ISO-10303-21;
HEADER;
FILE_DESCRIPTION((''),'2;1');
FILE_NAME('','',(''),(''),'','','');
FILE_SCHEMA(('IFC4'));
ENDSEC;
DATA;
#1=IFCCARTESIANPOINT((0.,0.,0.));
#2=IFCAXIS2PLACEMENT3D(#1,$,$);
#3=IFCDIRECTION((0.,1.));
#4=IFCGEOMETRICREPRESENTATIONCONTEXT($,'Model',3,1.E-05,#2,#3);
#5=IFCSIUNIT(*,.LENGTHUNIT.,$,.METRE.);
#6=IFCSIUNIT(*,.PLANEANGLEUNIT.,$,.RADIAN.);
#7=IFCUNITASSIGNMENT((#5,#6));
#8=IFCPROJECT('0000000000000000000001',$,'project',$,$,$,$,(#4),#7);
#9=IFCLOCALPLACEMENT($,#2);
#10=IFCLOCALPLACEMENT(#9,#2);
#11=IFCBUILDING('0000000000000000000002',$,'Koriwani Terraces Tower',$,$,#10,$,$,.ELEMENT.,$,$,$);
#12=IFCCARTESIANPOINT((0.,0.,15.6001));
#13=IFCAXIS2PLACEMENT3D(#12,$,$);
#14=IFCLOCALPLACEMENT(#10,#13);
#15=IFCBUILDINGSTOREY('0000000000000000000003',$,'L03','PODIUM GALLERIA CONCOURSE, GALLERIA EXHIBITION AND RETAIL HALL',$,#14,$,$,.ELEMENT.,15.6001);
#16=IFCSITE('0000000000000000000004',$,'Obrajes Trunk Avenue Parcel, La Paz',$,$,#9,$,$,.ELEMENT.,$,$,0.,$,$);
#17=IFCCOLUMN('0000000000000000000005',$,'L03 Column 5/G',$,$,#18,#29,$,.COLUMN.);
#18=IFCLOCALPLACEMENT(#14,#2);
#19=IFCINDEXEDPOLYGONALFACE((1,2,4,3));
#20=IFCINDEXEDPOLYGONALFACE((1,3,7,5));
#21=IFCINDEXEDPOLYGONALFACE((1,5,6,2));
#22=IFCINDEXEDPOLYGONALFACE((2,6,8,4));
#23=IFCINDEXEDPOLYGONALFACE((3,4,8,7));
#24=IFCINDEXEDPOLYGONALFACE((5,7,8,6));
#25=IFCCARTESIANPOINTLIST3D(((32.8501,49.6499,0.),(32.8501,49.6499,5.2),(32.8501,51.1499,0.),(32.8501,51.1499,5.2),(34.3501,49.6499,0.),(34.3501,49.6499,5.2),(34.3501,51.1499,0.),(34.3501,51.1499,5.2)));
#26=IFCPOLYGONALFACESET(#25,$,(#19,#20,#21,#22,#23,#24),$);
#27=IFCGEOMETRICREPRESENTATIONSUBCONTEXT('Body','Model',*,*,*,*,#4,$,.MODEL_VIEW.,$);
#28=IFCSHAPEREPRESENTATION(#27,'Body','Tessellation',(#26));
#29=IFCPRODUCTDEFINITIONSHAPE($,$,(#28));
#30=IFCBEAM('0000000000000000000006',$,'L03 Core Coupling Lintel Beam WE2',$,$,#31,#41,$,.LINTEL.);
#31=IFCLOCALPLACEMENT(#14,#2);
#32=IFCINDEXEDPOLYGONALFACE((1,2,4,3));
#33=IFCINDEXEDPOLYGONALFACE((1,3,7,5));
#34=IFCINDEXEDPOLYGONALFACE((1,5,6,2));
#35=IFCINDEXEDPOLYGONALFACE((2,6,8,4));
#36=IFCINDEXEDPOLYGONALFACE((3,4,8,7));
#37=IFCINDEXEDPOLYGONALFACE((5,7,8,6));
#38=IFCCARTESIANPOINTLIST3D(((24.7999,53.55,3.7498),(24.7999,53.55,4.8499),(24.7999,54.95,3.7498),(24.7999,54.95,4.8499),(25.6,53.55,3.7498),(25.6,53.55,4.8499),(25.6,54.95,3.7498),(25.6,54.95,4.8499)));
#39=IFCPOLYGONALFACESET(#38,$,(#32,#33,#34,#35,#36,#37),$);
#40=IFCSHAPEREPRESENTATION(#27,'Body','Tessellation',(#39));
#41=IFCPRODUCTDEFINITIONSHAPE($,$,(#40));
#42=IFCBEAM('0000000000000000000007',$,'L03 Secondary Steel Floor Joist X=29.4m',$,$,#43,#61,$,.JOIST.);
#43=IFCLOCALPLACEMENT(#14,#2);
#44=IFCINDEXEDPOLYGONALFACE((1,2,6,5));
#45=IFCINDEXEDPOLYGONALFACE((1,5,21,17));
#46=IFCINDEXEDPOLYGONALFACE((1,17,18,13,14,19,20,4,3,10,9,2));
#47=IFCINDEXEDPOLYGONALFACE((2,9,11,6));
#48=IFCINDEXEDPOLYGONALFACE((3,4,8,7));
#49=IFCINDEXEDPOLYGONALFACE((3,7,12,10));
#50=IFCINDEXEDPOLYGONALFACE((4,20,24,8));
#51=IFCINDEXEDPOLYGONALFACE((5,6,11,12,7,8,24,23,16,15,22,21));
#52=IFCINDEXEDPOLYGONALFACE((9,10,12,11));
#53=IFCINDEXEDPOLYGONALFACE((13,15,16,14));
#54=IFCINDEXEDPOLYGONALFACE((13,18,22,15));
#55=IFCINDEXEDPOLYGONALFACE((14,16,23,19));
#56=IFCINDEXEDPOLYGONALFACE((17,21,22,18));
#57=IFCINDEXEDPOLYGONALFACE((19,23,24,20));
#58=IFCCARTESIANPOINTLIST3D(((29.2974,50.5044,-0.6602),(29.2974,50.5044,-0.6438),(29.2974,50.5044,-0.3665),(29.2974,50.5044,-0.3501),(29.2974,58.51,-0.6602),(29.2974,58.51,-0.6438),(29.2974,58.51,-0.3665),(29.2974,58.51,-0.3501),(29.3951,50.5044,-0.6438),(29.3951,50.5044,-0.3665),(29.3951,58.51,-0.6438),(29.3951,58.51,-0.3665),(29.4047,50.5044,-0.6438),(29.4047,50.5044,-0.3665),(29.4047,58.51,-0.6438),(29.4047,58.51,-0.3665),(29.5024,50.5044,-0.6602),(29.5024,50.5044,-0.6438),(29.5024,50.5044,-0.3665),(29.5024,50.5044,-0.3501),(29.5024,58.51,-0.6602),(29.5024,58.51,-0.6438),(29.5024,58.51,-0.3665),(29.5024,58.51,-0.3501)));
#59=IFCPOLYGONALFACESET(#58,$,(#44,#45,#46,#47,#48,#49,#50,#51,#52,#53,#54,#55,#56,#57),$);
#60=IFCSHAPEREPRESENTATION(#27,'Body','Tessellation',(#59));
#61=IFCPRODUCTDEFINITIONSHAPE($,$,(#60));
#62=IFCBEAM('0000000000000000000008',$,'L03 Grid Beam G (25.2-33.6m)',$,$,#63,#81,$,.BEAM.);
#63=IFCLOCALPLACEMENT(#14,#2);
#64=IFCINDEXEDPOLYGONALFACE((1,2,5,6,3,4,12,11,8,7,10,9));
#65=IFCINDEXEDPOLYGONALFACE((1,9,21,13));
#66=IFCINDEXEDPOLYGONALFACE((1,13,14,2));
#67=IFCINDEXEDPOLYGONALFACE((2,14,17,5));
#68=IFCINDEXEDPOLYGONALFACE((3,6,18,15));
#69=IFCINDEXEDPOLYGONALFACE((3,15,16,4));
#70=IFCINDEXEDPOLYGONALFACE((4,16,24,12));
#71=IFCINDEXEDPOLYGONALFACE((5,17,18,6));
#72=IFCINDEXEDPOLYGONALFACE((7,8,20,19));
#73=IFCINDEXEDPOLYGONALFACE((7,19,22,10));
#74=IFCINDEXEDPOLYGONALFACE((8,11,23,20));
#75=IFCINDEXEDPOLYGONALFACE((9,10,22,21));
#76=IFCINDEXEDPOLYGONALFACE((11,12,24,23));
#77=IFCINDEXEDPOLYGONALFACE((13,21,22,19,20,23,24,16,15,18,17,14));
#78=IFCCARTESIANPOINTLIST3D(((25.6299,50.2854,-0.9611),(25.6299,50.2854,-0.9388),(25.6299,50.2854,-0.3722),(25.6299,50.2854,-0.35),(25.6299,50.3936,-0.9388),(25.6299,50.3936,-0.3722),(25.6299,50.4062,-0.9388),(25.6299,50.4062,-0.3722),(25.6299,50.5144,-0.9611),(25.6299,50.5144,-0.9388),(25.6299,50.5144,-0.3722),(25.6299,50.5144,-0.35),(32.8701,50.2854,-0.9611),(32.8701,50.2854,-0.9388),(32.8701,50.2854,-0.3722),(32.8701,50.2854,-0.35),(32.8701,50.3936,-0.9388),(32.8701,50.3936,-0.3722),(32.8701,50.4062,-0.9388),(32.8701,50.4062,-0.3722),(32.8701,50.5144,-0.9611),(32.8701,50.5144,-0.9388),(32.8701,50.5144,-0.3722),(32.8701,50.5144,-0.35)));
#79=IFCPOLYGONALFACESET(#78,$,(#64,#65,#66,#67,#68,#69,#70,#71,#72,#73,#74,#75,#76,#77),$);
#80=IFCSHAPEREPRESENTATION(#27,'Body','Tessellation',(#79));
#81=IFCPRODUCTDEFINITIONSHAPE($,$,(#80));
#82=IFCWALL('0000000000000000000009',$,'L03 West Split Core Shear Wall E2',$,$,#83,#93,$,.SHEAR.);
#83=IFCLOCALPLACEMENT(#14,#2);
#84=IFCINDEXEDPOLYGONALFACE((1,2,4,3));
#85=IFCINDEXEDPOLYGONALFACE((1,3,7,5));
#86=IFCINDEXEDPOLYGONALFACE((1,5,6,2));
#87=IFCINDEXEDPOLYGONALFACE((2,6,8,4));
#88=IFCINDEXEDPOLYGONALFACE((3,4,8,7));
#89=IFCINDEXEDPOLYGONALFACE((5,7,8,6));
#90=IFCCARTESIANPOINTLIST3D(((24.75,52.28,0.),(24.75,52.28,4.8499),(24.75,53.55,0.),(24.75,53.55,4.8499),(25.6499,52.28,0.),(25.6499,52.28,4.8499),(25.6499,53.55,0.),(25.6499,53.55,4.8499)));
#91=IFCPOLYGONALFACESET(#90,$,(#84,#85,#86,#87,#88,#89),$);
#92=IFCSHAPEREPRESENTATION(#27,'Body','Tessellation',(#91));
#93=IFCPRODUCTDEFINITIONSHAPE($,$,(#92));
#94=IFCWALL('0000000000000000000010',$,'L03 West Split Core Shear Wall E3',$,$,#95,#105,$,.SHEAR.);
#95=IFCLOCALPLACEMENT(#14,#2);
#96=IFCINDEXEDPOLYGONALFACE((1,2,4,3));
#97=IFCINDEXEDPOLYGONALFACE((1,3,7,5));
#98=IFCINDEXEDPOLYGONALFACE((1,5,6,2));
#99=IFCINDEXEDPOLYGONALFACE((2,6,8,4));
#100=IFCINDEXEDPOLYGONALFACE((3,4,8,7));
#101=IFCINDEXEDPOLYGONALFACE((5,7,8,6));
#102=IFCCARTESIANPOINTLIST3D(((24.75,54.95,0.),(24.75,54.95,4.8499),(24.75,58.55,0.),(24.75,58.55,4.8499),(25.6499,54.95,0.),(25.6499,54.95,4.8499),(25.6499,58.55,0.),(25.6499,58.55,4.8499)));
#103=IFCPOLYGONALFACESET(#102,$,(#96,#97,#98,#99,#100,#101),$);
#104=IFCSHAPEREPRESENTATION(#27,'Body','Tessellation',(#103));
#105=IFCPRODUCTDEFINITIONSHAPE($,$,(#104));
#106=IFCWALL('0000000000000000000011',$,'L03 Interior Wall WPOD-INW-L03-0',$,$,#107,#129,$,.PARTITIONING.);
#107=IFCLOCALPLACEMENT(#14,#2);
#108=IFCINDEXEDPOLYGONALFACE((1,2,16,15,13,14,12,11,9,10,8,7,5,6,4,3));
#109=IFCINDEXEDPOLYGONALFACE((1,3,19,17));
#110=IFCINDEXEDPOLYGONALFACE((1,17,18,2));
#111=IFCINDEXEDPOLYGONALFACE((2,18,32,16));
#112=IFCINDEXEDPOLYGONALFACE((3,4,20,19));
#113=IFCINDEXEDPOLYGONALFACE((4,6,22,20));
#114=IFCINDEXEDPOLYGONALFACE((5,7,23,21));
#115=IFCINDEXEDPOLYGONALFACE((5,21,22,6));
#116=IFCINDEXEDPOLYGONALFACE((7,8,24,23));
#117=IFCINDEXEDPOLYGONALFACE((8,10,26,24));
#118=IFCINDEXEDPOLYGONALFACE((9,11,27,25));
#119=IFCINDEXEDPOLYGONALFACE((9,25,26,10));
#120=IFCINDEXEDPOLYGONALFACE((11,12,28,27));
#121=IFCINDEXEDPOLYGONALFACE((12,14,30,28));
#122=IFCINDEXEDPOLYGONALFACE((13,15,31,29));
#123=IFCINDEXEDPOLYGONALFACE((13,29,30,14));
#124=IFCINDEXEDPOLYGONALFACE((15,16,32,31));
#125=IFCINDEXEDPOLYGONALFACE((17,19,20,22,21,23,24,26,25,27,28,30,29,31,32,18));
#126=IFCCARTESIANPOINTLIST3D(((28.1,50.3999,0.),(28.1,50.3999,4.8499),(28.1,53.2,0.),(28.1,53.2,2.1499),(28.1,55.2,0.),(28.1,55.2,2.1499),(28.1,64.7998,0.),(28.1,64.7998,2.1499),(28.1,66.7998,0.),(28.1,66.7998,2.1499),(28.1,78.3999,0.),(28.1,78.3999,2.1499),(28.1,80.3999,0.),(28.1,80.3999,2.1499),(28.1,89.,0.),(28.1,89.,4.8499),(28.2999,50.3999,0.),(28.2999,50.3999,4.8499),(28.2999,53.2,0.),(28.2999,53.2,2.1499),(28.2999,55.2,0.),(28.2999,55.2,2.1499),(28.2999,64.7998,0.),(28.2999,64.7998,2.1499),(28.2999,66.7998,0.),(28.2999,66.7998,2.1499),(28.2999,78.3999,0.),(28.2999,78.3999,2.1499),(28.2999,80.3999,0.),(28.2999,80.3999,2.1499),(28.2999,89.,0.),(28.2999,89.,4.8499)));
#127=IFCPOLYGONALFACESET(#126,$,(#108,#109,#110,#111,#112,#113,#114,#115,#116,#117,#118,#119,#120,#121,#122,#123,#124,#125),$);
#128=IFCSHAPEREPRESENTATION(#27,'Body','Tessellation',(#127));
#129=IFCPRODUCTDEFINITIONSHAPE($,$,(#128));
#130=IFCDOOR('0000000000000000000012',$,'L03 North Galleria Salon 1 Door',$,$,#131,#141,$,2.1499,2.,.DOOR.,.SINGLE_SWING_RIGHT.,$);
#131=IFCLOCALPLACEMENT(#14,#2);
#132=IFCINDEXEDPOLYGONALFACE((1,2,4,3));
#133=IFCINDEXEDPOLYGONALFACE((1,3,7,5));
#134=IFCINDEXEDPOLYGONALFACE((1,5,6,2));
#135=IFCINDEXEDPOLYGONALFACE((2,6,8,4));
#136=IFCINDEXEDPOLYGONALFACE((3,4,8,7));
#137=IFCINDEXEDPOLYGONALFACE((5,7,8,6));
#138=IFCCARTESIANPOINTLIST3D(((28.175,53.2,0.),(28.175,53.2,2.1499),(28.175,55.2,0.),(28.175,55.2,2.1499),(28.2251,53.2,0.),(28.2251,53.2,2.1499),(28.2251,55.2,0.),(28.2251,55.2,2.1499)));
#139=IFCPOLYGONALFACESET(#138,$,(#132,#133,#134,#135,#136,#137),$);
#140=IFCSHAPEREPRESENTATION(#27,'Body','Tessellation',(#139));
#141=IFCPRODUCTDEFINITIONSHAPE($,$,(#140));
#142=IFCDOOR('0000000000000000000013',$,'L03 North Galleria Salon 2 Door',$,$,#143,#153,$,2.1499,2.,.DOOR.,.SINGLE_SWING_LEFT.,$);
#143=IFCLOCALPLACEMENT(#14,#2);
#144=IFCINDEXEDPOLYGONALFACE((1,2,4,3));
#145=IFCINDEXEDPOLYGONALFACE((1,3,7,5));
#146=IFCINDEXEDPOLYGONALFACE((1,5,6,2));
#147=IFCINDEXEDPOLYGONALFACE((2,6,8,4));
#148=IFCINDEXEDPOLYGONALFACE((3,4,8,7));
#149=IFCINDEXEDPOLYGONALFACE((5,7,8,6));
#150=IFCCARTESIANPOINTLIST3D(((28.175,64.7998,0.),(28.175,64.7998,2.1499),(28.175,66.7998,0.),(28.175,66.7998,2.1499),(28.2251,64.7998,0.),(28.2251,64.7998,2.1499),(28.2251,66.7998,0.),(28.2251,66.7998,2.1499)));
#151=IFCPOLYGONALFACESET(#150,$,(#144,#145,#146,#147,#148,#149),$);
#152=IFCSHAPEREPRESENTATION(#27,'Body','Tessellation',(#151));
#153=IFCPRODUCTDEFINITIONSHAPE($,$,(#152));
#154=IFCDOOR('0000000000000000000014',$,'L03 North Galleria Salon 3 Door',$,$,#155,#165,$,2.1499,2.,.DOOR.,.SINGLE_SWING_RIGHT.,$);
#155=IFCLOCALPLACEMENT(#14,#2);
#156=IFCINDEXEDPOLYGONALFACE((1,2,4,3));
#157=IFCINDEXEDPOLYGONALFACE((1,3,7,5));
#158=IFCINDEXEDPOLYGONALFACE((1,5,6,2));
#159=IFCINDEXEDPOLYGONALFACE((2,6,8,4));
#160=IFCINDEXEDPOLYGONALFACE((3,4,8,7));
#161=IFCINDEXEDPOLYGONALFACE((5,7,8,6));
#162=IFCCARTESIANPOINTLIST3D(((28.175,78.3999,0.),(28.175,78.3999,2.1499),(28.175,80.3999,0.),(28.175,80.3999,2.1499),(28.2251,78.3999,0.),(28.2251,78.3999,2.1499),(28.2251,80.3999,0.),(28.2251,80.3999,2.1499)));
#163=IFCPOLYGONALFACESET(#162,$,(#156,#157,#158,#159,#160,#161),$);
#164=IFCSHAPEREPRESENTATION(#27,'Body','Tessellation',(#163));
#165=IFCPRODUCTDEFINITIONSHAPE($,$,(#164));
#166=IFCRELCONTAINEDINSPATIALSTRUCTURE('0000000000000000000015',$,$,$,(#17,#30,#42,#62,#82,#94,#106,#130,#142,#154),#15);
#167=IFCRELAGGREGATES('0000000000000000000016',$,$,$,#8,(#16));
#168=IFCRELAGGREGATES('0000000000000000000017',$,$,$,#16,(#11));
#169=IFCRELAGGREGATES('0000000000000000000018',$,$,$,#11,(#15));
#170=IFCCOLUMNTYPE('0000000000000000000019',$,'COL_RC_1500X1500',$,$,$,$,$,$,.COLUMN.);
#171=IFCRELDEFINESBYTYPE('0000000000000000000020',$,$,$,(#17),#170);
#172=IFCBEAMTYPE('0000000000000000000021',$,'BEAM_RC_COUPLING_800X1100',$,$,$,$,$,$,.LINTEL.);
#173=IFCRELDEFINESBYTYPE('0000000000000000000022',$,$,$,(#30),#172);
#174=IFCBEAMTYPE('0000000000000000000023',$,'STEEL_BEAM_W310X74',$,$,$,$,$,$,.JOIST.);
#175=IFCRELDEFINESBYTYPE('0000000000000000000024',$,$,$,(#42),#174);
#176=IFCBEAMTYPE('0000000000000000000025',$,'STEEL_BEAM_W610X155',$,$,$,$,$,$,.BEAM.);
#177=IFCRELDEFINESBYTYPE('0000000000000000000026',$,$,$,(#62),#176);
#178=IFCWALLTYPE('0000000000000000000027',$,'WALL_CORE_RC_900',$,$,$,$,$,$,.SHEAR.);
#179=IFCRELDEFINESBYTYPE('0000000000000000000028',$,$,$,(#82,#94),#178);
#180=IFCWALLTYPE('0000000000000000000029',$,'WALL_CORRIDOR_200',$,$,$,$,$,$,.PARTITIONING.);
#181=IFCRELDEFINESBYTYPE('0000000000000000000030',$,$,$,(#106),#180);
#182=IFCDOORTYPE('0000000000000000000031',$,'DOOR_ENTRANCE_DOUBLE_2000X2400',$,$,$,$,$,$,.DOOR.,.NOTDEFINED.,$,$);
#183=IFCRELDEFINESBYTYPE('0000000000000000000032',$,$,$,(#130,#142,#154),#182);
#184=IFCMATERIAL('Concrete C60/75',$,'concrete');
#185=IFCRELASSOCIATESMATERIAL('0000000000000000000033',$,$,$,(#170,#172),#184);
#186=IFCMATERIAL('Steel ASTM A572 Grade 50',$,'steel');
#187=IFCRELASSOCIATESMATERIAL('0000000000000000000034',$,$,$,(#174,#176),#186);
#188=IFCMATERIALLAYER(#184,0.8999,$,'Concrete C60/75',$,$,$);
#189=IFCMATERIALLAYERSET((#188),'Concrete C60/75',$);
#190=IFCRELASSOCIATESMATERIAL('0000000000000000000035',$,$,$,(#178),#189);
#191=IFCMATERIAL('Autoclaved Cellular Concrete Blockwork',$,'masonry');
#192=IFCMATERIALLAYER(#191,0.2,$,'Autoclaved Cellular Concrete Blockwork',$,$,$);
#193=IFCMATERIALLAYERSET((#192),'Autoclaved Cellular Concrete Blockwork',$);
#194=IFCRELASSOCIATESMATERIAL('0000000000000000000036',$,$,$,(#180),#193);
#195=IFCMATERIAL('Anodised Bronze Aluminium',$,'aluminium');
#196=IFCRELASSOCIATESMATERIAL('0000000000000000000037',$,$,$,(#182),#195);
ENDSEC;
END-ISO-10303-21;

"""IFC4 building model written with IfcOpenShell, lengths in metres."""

from ifc_helpers import new_model, si_unit, direction, frame, frame_2d, origin, origin_2d, place, context, subcontext, project, spatial, rectangle, i_section, extrude, material, layer, layer_set, material_profile, profile_set, type_object, element, fill, save


model = new_model("IFC4")

# Units and contexts
model_context = context("Model", 3, precision=1e-05, world=origin(), true_north=direction((0.0, 1.0)))
body_context = subcontext(model_context, "Body", "Model", "MODEL_VIEW")
ifc_project = project(units=[si_unit("LENGTHUNIT", "METRE"), si_unit("PLANEANGLEUNIT", "RADIAN")], contexts=[model_context])

# Site, building, storey
site_placement = place(None, origin())
site = spatial("IfcSite", under=ifc_project, at=site_placement, Name="Obrajes Trunk Avenue Parcel, La Paz", CompositionType="ELEMENT", RefElevation=0.0)
building_placement = place(site_placement, origin())
building = spatial("IfcBuilding", under=site, at=building_placement, Name="Koriwani Terraces Tower", CompositionType="ELEMENT")
storey_placement = place(building_placement, frame((0.0, 0.0, 15.6001)))
storey = spatial("IfcBuildingStorey", under=building, at=storey_placement, Name="L03", Description="PODIUM GALLERIA CONCOURSE, GALLERIA EXHIBITION AND RETAIL HALL", CompositionType="ELEMENT", Elevation=15.6001)

# Column
ifc_material_1 = material(Name="Concrete C60/75", Category="concrete")
ifc_material_profile_1 = material_profile(ifc_material_1, rectangle(XDim=1.5, YDim=1.5, at=origin_2d()), Name="Concrete C60/75", Category="LoadBearing")
ifc_profile_set_1 = profile_set([ifc_material_profile_1], Name="Concrete C60/75")
column_type = type_object("IfcColumnType", Name="COL_RC_1500X1500", PredefinedType="COLUMN", material=ifc_profile_set_1)
column_placement = place(storey_placement, frame((33.6001, 50.3999, 0.0), z_axis=(0.0, 0.0, 1.0), x_axis=(1.0, 0.0, 0.0)))
element("IfcColumn", 1, at=column_placement, inside=storey, type_object=column_type, Name="L03 Column 5/G", PredefinedType="COLUMN", context=body_context, shape_type="SweptSolid", body=[
    extrude(rectangle(XDim=1.5, YDim=1.5, at=origin_2d()), origin(), (0.0, 0.0, 1.0), 5.2),
])

# Beams
ifc_material_profile_2 = material_profile(ifc_material_1, rectangle(XDim=0.8, YDim=1.1001, at=origin_2d()), Name="Concrete C60/75", Category="LoadBearing")
ifc_profile_set_2 = profile_set([ifc_material_profile_2], Name="Concrete C60/75")
beam_type_1 = type_object("IfcBeamType", Name="BEAM_RC_COUPLING_800X1100", PredefinedType="LINTEL", material=ifc_profile_set_2)
beam_1_placement = place(storey_placement, frame((25.2, 53.55, 4.2998), z_axis=(0.0, 1.0, 0.0), x_axis=(-1.0, 0.0, 0.0)))
element("IfcBeam", 2, at=beam_1_placement, inside=storey, type_object=beam_type_1, Name="L03 Core Coupling Lintel Beam WE2", PredefinedType="LINTEL", context=body_context, shape_type="SweptSolid", body=[
    extrude(rectangle(XDim=0.8, YDim=1.1001, at=origin_2d()), origin(), (0.0, 0.0, 1.0), 1.3999),
])
ifc_material_2 = material(Name="Steel ASTM A572 Grade 50", Category="steel")
ifc_material_profile_3 = material_profile(ifc_material_2, i_section(OverallWidth=0.2051, OverallDepth=0.3101, WebThickness=0.0095, FlangeThickness=0.0164, at=origin_2d()), Name="Steel ASTM A572 Grade 50", Category="LoadBearing")
ifc_profile_set_3 = profile_set([ifc_material_profile_3], Name="Steel ASTM A572 Grade 50")
beam_type_2 = type_object("IfcBeamType", Name="STEEL_BEAM_W310X74", PredefinedType="JOIST", material=ifc_profile_set_3)
beam_2_placement = place(storey_placement, frame((29.3999, 50.5044, -0.5051), z_axis=(0.0, 1.0, 0.0), x_axis=(-1.0, 0.0, 0.0)))
element("IfcBeam", 3, at=beam_2_placement, inside=storey, type_object=beam_type_2, Name="L03 Secondary Steel Floor Joist X=29.4m", PredefinedType="JOIST", context=body_context, shape_type="SweptSolid", body=[
    extrude(i_section(OverallWidth=0.2051, OverallDepth=0.3101, WebThickness=0.0095, FlangeThickness=0.0164, at=origin_2d()), origin(), (0.0, 0.0, 1.0), 8.0056),
])
ifc_material_profile_4 = material_profile(ifc_material_2, i_section(OverallWidth=0.229, OverallDepth=0.6111, WebThickness=0.0127, FlangeThickness=0.0222, at=origin_2d()), Name="Steel ASTM A572 Grade 50", Category="LoadBearing")
ifc_profile_set_4 = profile_set([ifc_material_profile_4], Name="Steel ASTM A572 Grade 50")
beam_type_3 = type_object("IfcBeamType", Name="STEEL_BEAM_W610X155", PredefinedType="BEAM", material=ifc_profile_set_4)
beam_3_placement = place(storey_placement, frame((25.6299, 50.3999, -0.6555), z_axis=(1.0, 0.0, 0.0), x_axis=(0.0, 1.0, 0.0)))
element("IfcBeam", 4, at=beam_3_placement, inside=storey, type_object=beam_type_3, Name="L03 Grid Beam G (25.2-33.6m)", PredefinedType="BEAM", context=body_context, shape_type="SweptSolid", body=[
    extrude(i_section(OverallWidth=0.229, OverallDepth=0.6111, WebThickness=0.0127, FlangeThickness=0.0222, at=origin_2d()), origin(), (0.0, 0.0, 1.0), 7.2402),
])

# Walls
ifc_layer_1 = layer(ifc_material_1, 0.8999, Name="Concrete C60/75")
ifc_layer_set_1 = layer_set([ifc_layer_1], Name="Concrete C60/75")
wall_type_1 = type_object("IfcWallType", Name="WALL_CORE_RC_900", PredefinedType="SHEAR", material=ifc_layer_set_1)
wall_1_placement = place(storey_placement, frame((25.2, 52.28, 0.0), z_axis=(0.0, 0.0, 1.0), x_axis=(0.0, 1.0, 0.0)))
element("IfcWall", 5, at=wall_1_placement, inside=storey, type_object=wall_type_1, Name="L03 West Split Core Shear Wall E2", PredefinedType="SHEAR", context=body_context, shape_type="SweptSolid", body=[
    extrude(rectangle(XDim=1.27, YDim=0.8999, at=frame_2d((0.635, 0.0))), origin(), (0.0, 0.0, 1.0), 4.8499),
])
wall_2_placement = place(storey_placement, frame((25.2, 54.95, 0.0), z_axis=(0.0, 0.0, 1.0), x_axis=(0.0, 1.0, 0.0)))
element("IfcWall", 6, at=wall_2_placement, inside=storey, type_object=wall_type_1, Name="L03 West Split Core Shear Wall E3", PredefinedType="SHEAR", context=body_context, shape_type="SweptSolid", body=[
    extrude(rectangle(XDim=3.6001, YDim=0.8999, at=frame_2d((1.8, 0.0))), origin(), (0.0, 0.0, 1.0), 4.8499),
])

# Wall, openings, doors
ifc_material_3 = material(Name="Autoclaved Cellular Concrete Blockwork", Category="masonry")
ifc_layer_2 = layer(ifc_material_3, 0.2, Name="Autoclaved Cellular Concrete Blockwork")
ifc_layer_set_2 = layer_set([ifc_layer_2], Name="Autoclaved Cellular Concrete Blockwork")
wall_type_2 = type_object("IfcWallType", Name="WALL_CORRIDOR_200", PredefinedType="PARTITIONING", material=ifc_layer_set_2)
wall_3_placement = place(storey_placement, frame((28.2, 50.3999, 0.0), z_axis=(0.0, 0.0, 1.0), x_axis=(0.0, 1.0, 0.0)))
wall_3 = element("IfcWall", 7, at=wall_3_placement, inside=storey, type_object=wall_type_2, Name="L03 Interior Wall WPOD-INW-L03-0", PredefinedType="PARTITIONING", context=body_context, shape_type="SweptSolid", body=[
    extrude(rectangle(XDim=38.6001, YDim=0.2, at=frame_2d((19.3, 0.0))), origin(), (0.0, 0.0, 1.0), 4.8499),
])
opening_1_placement = place(wall_3_placement, frame((2.8, 0.0, 0.0)))
opening_1 = element("IfcOpeningElement", 8, at=opening_1_placement, cuts=wall_3, PredefinedType="OPENING", context=body_context, shape_type="SweptSolid", body=[
    extrude(rectangle(XDim=2.0, YDim=2.1499, at=frame_2d((1.0, 1.075))), frame((0.0, 0.1099, 0.0), z_axis=(0.0, -1.0, 0.0), x_axis=(1.0, 0.0, 0.0)), (0.0, 0.0, 1.0), 0.22),
])
opening_2_placement = place(wall_3_placement, frame((14.3999, 0.0, 0.0)))
opening_2 = element("IfcOpeningElement", 9, at=opening_2_placement, cuts=wall_3, PredefinedType="OPENING", context=body_context, shape_type="SweptSolid", body=[
    extrude(rectangle(XDim=2.0, YDim=2.1499, at=frame_2d((1.0, 1.075))), frame((0.0, 0.1099, 0.0), z_axis=(0.0, -1.0, 0.0), x_axis=(1.0, 0.0, 0.0)), (0.0, 0.0, 1.0), 0.22),
])
opening_3_placement = place(wall_3_placement, frame((28.0, 0.0, 0.0)))
opening_3 = element("IfcOpeningElement", 10, at=opening_3_placement, cuts=wall_3, PredefinedType="OPENING", context=body_context, shape_type="SweptSolid", body=[
    extrude(rectangle(XDim=2.0, YDim=2.1499, at=frame_2d((1.0, 1.075))), frame((0.0, 0.1099, 0.0), z_axis=(0.0, -1.0, 0.0), x_axis=(1.0, 0.0, 0.0)), (0.0, 0.0, 1.0), 0.22),
])
ifc_material_4 = material(Name="Anodised Bronze Aluminium", Category="aluminium")
door_type_1 = type_object("IfcDoorType", Name="DOOR_ENTRANCE_DOUBLE_2000X2400", OperationType="NOTDEFINED", PredefinedType="DOOR", material=ifc_material_4)
door_1_placement = place(opening_1_placement, origin())
door_1 = element("IfcDoor", 11, at=door_1_placement, inside=storey, type_object=door_type_1, Name="L03 North Galleria Salon 1 Door", OperationType="SINGLE_SWING_RIGHT", OverallHeight=2.1499, OverallWidth=2.0, PredefinedType="DOOR", context=body_context, shape_type="SweptSolid", body=[
    extrude(rectangle(XDim=2.0, YDim=2.1499, at=frame_2d((1.0, 1.075))), frame((0.0, 0.0249, 0.0), z_axis=(0.0, -1.0, 0.0), x_axis=(1.0, 0.0, 0.0)), (0.0, 0.0, 1.0), 0.05),
])
fill(opening_1, door_1)
door_2_placement = place(opening_2_placement, origin())
door_2 = element("IfcDoor", 12, at=door_2_placement, inside=storey, type_object=door_type_1, Name="L03 North Galleria Salon 2 Door", OperationType="SINGLE_SWING_LEFT", OverallHeight=2.1499, OverallWidth=2.0, PredefinedType="DOOR", context=body_context, shape_type="SweptSolid", body=[
    extrude(rectangle(XDim=2.0, YDim=2.1499, at=frame_2d((1.0, 1.075))), frame((0.0, 0.0249, 0.0), z_axis=(0.0, -1.0, 0.0), x_axis=(1.0, 0.0, 0.0)), (0.0, 0.0, 1.0), 0.05),
])
fill(opening_2, door_2)
door_3_placement = place(opening_3_placement, origin())
door_3 = element("IfcDoor", 13, at=door_3_placement, inside=storey, type_object=door_type_1, Name="L03 North Galleria Salon 3 Door", OperationType="SINGLE_SWING_RIGHT", OverallHeight=2.1499, OverallWidth=2.0, PredefinedType="DOOR", context=body_context, shape_type="SweptSolid", body=[
    extrude(rectangle(XDim=2.0, YDim=2.1499, at=frame_2d((1.0, 1.075))), frame((0.0, 0.0249, 0.0), z_axis=(0.0, -1.0, 0.0), x_axis=(1.0, 0.0, 0.0)), (0.0, 0.0, 1.0), 0.05),
])
fill(opening_3, door_3)

save(model, "model.ifc")
